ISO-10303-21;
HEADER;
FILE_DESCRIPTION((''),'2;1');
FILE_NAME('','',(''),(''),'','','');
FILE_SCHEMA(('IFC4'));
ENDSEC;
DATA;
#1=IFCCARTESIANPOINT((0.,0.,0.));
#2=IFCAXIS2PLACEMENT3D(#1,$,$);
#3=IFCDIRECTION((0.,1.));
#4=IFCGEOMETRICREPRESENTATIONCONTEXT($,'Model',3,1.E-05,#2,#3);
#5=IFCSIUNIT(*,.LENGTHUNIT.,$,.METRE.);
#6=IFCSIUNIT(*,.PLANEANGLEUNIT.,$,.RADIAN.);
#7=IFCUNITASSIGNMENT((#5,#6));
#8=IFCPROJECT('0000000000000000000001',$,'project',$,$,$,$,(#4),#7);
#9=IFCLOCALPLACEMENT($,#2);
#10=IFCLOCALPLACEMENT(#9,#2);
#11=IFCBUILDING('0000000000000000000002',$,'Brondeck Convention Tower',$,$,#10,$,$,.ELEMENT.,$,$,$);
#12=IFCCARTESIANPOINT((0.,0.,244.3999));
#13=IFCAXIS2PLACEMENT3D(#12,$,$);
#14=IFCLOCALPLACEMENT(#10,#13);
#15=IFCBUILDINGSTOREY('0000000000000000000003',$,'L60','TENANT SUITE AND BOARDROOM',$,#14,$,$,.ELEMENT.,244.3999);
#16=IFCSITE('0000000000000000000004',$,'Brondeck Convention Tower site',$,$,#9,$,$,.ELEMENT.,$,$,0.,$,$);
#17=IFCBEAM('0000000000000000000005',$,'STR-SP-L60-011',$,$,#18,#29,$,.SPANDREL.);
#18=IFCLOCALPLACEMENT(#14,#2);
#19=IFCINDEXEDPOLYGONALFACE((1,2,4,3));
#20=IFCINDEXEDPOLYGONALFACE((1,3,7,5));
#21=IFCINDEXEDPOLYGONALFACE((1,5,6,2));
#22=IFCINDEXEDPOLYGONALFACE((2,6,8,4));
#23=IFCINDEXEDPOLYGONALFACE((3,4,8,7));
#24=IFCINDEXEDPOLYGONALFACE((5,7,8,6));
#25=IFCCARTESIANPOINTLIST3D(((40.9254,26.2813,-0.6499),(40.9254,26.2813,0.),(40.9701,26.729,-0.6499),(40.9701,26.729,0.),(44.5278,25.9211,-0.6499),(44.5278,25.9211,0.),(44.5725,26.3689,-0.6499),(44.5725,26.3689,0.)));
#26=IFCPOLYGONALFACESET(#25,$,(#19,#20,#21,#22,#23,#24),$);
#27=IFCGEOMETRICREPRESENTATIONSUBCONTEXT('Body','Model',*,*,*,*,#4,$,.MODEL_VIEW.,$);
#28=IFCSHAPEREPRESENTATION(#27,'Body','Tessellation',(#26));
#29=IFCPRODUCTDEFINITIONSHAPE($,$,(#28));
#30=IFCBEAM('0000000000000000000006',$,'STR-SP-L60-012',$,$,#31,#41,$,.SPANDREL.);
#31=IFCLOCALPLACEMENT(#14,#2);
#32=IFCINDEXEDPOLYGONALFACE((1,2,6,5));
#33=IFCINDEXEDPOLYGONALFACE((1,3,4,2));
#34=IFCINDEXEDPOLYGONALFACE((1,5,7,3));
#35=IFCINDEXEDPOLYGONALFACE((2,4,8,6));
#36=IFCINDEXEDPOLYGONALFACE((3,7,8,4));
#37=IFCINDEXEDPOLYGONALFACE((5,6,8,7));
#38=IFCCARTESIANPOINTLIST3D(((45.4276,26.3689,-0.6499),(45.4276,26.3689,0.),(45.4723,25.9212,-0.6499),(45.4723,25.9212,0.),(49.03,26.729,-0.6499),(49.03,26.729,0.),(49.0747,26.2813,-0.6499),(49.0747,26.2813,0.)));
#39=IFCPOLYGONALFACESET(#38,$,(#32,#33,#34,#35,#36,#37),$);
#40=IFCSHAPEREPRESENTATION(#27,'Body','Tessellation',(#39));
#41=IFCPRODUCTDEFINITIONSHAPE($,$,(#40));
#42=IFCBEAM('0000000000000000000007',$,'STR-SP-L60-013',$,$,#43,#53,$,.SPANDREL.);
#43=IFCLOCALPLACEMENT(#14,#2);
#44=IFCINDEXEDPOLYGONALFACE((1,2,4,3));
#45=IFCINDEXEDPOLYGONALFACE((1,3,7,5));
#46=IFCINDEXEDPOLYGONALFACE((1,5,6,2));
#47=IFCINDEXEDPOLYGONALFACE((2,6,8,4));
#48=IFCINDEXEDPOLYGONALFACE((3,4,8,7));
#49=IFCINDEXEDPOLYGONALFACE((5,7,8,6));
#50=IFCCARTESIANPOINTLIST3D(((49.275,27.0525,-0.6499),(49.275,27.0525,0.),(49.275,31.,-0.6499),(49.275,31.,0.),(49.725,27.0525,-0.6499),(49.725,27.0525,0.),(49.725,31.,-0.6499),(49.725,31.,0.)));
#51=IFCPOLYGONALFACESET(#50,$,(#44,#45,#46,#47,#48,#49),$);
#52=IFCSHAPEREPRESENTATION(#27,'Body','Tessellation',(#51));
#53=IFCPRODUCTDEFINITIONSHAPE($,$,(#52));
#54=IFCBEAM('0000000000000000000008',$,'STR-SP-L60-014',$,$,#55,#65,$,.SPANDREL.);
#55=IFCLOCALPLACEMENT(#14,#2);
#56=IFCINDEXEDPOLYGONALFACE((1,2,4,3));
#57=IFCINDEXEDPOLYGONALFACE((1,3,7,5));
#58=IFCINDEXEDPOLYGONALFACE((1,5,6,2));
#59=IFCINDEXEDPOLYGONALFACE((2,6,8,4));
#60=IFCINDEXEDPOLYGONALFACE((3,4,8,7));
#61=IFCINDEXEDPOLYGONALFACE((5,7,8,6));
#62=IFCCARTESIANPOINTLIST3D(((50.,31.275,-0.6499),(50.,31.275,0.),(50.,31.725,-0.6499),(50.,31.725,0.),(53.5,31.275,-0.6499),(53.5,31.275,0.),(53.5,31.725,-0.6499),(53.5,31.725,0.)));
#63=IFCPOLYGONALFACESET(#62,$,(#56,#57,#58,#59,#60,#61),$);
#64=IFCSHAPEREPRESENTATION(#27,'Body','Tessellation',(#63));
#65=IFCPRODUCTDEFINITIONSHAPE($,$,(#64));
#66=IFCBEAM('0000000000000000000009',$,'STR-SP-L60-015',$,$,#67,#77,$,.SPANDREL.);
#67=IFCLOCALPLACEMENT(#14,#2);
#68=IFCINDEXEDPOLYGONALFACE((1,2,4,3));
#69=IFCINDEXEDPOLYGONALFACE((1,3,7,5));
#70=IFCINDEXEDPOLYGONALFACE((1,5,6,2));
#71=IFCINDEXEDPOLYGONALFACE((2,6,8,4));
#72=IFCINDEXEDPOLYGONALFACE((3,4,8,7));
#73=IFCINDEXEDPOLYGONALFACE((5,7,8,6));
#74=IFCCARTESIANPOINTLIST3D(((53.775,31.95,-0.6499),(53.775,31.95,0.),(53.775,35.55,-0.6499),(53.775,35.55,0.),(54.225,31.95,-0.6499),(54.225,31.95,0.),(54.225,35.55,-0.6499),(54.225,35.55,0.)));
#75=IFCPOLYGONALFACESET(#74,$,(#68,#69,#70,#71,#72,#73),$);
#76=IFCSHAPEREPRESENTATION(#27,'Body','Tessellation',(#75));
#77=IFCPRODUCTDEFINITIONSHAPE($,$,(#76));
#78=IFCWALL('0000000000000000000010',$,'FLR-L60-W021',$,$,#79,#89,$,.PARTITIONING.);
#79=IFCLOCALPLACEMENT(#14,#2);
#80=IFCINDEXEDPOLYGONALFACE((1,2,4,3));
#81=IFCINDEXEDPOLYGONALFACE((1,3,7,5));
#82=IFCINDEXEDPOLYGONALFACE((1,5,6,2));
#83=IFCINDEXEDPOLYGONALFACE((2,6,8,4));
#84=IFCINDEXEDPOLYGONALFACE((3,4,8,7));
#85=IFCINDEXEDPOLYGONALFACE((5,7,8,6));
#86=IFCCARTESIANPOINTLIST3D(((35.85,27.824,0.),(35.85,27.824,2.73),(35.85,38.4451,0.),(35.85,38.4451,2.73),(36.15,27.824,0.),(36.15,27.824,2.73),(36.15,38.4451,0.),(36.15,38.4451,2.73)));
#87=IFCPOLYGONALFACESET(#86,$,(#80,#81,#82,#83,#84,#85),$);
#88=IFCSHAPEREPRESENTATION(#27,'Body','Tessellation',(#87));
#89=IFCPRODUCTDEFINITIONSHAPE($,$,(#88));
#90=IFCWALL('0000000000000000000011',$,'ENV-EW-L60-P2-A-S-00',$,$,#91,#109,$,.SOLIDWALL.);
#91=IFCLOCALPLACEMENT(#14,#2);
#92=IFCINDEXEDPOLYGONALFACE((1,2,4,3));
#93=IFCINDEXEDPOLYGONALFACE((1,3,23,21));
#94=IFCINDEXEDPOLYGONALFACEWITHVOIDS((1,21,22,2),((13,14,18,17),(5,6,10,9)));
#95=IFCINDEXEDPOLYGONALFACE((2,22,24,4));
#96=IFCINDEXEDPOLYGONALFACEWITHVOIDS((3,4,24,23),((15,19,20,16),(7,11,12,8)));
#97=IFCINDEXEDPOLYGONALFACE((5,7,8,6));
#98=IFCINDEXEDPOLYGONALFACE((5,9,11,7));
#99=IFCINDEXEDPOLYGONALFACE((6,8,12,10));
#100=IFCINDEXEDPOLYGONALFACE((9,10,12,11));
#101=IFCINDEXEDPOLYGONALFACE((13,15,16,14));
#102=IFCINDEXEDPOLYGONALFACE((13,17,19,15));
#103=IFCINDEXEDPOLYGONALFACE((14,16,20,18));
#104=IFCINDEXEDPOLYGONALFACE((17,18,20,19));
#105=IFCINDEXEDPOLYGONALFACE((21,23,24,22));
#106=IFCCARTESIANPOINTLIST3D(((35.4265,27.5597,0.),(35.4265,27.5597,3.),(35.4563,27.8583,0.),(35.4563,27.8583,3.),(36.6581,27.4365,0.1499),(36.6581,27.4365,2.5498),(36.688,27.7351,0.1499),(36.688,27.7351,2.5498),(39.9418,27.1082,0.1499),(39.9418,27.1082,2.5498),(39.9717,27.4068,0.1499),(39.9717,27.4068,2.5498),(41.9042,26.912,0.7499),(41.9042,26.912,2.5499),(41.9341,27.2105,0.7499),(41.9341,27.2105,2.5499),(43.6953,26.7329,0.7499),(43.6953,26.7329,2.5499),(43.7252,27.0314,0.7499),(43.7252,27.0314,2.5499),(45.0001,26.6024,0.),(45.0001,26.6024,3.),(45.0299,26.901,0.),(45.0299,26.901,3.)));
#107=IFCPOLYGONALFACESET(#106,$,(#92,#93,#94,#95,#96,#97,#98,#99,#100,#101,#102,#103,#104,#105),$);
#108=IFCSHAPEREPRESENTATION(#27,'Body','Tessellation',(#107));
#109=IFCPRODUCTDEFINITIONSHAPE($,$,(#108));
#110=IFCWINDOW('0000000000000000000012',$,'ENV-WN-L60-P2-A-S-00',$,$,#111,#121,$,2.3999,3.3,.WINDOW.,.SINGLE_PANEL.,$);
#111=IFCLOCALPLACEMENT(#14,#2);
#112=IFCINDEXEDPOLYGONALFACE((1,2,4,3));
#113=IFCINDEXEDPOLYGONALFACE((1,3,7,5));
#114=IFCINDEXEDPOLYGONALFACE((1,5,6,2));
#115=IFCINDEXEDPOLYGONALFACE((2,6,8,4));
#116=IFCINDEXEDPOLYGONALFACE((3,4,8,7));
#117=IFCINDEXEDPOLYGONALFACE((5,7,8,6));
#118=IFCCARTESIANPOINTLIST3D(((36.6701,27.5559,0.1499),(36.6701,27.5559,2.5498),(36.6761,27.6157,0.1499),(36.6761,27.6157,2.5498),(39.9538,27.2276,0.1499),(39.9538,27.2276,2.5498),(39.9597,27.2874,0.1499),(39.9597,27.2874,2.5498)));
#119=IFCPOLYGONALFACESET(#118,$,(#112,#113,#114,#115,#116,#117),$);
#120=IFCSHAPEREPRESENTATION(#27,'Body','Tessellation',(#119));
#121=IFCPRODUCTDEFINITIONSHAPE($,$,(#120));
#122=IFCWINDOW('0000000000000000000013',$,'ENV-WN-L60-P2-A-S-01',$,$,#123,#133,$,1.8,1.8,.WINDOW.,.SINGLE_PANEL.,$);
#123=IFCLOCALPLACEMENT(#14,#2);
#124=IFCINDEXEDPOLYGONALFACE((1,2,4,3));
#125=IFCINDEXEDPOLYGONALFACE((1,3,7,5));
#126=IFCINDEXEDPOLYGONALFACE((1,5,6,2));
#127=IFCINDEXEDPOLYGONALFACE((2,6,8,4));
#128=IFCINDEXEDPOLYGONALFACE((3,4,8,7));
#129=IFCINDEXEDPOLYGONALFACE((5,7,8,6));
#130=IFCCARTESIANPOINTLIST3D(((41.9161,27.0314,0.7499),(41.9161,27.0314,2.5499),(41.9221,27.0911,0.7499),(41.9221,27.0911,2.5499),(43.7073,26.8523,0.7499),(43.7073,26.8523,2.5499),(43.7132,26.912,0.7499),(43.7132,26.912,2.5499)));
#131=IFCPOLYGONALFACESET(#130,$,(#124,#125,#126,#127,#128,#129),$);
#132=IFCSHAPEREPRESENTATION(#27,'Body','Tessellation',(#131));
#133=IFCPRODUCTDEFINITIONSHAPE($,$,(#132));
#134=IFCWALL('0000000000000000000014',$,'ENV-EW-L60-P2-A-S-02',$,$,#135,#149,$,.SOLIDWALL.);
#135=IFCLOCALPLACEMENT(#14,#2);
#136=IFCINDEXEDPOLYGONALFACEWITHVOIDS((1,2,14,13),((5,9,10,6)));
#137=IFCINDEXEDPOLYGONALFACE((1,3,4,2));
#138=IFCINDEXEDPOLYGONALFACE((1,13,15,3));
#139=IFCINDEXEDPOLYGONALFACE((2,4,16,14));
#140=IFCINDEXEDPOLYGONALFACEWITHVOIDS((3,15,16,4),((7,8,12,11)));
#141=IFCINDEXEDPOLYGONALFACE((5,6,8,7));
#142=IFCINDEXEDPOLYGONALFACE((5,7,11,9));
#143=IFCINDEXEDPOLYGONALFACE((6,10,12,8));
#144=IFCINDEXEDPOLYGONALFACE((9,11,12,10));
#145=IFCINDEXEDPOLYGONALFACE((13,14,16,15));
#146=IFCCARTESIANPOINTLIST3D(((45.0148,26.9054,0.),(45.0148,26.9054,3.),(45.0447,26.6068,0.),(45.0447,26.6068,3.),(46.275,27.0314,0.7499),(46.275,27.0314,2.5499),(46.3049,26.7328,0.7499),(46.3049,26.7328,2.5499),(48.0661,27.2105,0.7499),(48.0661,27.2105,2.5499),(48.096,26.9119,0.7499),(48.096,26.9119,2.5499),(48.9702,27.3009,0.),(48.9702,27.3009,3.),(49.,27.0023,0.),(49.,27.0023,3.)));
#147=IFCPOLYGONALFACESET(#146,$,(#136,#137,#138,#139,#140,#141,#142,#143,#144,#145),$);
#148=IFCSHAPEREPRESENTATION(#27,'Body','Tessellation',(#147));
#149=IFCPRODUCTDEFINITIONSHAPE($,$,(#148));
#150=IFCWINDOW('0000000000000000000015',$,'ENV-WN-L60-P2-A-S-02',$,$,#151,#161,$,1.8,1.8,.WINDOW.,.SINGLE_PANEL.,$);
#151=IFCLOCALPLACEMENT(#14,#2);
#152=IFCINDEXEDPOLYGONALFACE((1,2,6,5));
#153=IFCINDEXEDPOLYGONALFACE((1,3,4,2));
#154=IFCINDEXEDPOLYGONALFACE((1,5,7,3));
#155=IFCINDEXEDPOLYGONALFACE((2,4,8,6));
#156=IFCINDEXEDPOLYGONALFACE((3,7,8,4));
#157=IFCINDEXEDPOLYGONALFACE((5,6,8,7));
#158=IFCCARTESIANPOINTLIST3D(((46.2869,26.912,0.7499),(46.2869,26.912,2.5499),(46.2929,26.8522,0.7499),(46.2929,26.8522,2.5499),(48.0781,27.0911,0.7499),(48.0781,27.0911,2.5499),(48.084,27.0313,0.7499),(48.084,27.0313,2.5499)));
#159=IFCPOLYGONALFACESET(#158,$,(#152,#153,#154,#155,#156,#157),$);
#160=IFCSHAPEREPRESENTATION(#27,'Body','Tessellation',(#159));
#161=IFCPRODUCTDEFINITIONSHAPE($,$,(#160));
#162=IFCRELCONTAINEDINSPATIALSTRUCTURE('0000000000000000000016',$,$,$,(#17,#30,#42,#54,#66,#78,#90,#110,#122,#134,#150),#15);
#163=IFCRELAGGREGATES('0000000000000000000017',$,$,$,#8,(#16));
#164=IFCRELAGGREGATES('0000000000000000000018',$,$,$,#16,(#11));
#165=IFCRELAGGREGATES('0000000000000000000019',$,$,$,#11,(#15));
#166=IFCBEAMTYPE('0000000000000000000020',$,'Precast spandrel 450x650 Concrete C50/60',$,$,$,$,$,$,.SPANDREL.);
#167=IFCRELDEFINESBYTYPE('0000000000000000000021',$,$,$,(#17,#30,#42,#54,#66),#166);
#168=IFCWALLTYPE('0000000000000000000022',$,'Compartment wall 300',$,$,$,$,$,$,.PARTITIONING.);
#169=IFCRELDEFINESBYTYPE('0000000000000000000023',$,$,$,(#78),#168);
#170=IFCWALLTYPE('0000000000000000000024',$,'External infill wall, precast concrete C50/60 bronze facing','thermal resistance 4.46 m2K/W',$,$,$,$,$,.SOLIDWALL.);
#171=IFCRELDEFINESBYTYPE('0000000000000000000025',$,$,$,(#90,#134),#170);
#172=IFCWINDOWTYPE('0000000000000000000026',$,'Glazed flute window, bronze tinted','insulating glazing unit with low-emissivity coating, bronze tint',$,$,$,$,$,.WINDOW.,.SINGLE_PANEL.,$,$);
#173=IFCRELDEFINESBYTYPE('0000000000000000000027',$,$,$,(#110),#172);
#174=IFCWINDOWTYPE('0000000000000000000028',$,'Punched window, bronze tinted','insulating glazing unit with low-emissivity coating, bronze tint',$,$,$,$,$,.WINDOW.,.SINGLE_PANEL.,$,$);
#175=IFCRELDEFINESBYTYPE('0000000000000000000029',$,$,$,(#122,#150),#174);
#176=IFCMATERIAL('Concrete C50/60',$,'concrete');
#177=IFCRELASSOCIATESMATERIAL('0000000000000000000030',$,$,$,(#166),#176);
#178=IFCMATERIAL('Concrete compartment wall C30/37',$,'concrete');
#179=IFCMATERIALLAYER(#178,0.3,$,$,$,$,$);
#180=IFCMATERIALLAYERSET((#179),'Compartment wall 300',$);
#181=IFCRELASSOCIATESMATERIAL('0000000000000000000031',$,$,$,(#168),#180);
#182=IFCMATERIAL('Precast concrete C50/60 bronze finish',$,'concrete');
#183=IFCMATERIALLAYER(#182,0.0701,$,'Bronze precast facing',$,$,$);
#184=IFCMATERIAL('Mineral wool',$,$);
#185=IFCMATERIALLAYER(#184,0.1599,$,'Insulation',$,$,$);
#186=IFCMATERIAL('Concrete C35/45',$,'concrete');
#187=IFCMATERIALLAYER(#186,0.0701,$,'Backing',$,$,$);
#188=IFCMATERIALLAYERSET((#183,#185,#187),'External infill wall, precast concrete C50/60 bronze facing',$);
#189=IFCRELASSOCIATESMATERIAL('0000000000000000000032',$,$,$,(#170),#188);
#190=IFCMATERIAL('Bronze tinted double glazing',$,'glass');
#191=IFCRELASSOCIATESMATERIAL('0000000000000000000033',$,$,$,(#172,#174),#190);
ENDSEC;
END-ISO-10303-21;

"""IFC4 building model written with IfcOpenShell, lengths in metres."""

from ifc_helpers import new_model, si_unit, direction, frame, frame_2d, origin, origin_2d, place, context, subcontext, project, spatial, rectangle, extrude, material, layer, layer_set, material_profile, profile_set, type_object, element, fill, save


model = new_model("IFC4")

# Units and contexts
model_context = context("Model", 3, precision=1e-05, world=origin(), true_north=direction((0.0, 1.0)))
body_context = subcontext(model_context, "Body", "Model", "MODEL_VIEW")
ifc_project = project(units=[si_unit("LENGTHUNIT", "METRE"), si_unit("PLANEANGLEUNIT", "RADIAN")], contexts=[model_context])

# Site, building, storey
site_placement = place(None, origin())
site = spatial("IfcSite", under=ifc_project, at=site_placement, Name="Brondeck Convention Tower site", CompositionType="ELEMENT", RefElevation=0.0)
building_placement = place(site_placement, origin())
building = spatial("IfcBuilding", under=site, at=building_placement, Name="Brondeck Convention Tower", CompositionType="ELEMENT")
storey_placement = place(building_placement, frame((0.0, 0.0, 244.3999)))
storey = spatial("IfcBuildingStorey", under=building, at=storey_placement, Name="L60", Description="TENANT SUITE AND BOARDROOM", CompositionType="ELEMENT", Elevation=244.3999)

# Shared definitions
ifc_material_1 = material(Name="Concrete C50/60", Category="concrete")

# Beams
ifc_material_profile_1 = material_profile(ifc_material_1, rectangle(XDim=0.45, YDim=0.6499, at=origin_2d()), Name="Precast spandrel 450x650 Concrete C50/60")
ifc_profile_set_1 = profile_set([ifc_material_profile_1], Name="Concrete C50/60")
beam_type_1 = type_object("IfcBeamType", Name="Precast spandrel 450x650 Concrete C50/60", PredefinedType="SPANDREL", material=ifc_profile_set_1)
for number, where, z_axis, x_axis, name in (
    (1, (40.9478, 26.5051, -0.325), (0.995041, -0.09947, 0.0), (0.09947, 0.995041, 0.0), "STR-SP-L60-011"),
    (2, (45.45, 26.145, -0.325), (0.995041, 0.09947, 0.0), (-0.09947, 0.995041, 0.0), "STR-SP-L60-012"),
):
    element("IfcBeam", number, at=place(storey_placement, frame(where, z_axis=z_axis, x_axis=x_axis)), inside=storey, type_object=beam_type_1, Name=name, PredefinedType="SPANDREL", context=body_context, shape_type="SweptSolid", body=[
        extrude(rectangle(XDim=0.45, YDim=0.6499, at=origin_2d()), origin(), (0.0, 0.0, 1.0), 3.6204),
    ])
beam_1_placement = place(storey_placement, frame((49.5, 27.0525, -0.325), z_axis=(0.0, 1.0, 0.0), x_axis=(-1.0, 0.0, 0.0)))
element("IfcBeam", 3, at=beam_1_placement, inside=storey, type_object=beam_type_1, Name="STR-SP-L60-013", PredefinedType="SPANDREL", context=body_context, shape_type="SweptSolid", body=[
    extrude(rectangle(XDim=0.45, YDim=0.6499, at=origin_2d()), origin(), (0.0, 0.0, 1.0), 3.9475),
])
beam_2_placement = place(storey_placement, frame((50.0, 31.5, -0.325), z_axis=(1.0, 0.0, 0.0), x_axis=(0.0, 1.0, 0.0)))
element("IfcBeam", 4, at=beam_2_placement, inside=storey, type_object=beam_type_1, Name="STR-SP-L60-014", PredefinedType="SPANDREL", context=body_context, shape_type="SweptSolid", body=[
    extrude(rectangle(XDim=0.45, YDim=0.6499, at=origin_2d()), origin(), (0.0, 0.0, 1.0), 3.5),
])
beam_3_placement = place(storey_placement, frame((54.0, 31.95, -0.325), z_axis=(0.0, 1.0, 0.0), x_axis=(-1.0, 0.0, 0.0)))
element("IfcBeam", 5, at=beam_3_placement, inside=storey, type_object=beam_type_1, Name="STR-SP-L60-015", PredefinedType="SPANDREL", context=body_context, shape_type="SweptSolid", body=[
    extrude(rectangle(XDim=0.45, YDim=0.6499, at=origin_2d()), origin(), (0.0, 0.0, 1.0), 3.6001),
])

# Wall
ifc_material_2 = material(Name="Concrete compartment wall C30/37", Category="concrete")
ifc_layer_1 = layer(ifc_material_2, 0.3)
ifc_layer_set_1 = layer_set([ifc_layer_1], Name="Compartment wall 300")
wall_type_1 = type_object("IfcWallType", Name="Compartment wall 300", PredefinedType="PARTITIONING", material=ifc_layer_set_1)
wall_1_placement = place(storey_placement, frame((36.0, 27.824, 0.0), z_axis=(0.0, 0.0, 1.0), x_axis=(0.0, 1.0, 0.0)))
element("IfcWall", 6, at=wall_1_placement, inside=storey, type_object=wall_type_1, Name="FLR-L60-W021", PredefinedType="PARTITIONING", context=body_context, shape_type="SweptSolid", body=[
    extrude(rectangle(XDim=10.6211, YDim=0.3, at=frame_2d((5.3105, 0.0))), origin(), (0.0, 0.0, 1.0), 2.73),
])

# Wall, openings, windows
ifc_material_3 = material(Name="Precast concrete C50/60 bronze finish", Category="concrete")
ifc_layer_2 = layer(ifc_material_3, 0.0701, Name="Bronze precast facing")
ifc_material_4 = material(Name="Mineral wool")
ifc_layer_3 = layer(ifc_material_4, 0.1599, Name="Insulation")
ifc_material_5 = material(Name="Concrete C35/45", Category="concrete")
ifc_layer_4 = layer(ifc_material_5, 0.0701, Name="Backing")
ifc_layer_set_2 = layer_set([ifc_layer_2, ifc_layer_3, ifc_layer_4], Name="External infill wall, precast concrete C50/60 bronze facing")
wall_type_2 = type_object("IfcWallType", Name="External infill wall, precast concrete C50/60 bronze facing", Description="thermal resistance 4.46 m2K/W", PredefinedType="SOLIDWALL", material=ifc_layer_set_2)
wall_2_placement = place(storey_placement, frame((45.0149, 26.7517, 0.0), z_axis=(0.0, 0.0, 1.0), x_axis=(-0.995038, 0.099496, 0.0)))
wall_2 = element("IfcWall", 7, at=wall_2_placement, inside=storey, type_object=wall_type_2, Name="ENV-EW-L60-P2-A-S-00", PredefinedType="SOLIDWALL", context=body_context, shape_type="SweptSolid", body=[
    extrude(rectangle(XDim=9.6213, YDim=0.3, at=frame_2d((4.8105, 0.0))), origin(), (0.0, 0.0, 1.0), 3.0),
])
opening_1_placement = place(wall_2_placement, frame((1.3113, 0.0, 0.75)))
opening_1 = element("IfcOpeningElement", 8, at=opening_1_placement, cuts=wall_2, PredefinedType="OPENING", context=body_context, shape_type="SweptSolid", body=[
    extrude(rectangle(XDim=1.8, YDim=1.8, at=frame_2d((0.8999, 0.8999))), frame((0.0, 0.1599, 0.0), z_axis=(0.0, -1.0, 0.0), x_axis=(1.0, 0.0, 0.0)), (0.0, 0.0, 1.0), 0.3201),
])
opening_2_placement = place(wall_2_placement, frame((5.0835, 0.0, 0.1499)))
opening_2 = element("IfcOpeningElement", 9, at=opening_2_placement, cuts=wall_2, PredefinedType="OPENING", context=body_context, shape_type="SweptSolid", body=[
    extrude(rectangle(XDim=3.3, YDim=2.3999, at=frame_2d((1.6499, 1.2))), frame((0.0, 0.1599, 0.0), z_axis=(0.0, -1.0, 0.0), x_axis=(1.0, 0.0, 0.0)), (0.0, 0.0, 1.0), 0.3201),
])
ifc_material_6 = material(Name="Bronze tinted double glazing", Category="glass")
window_type_1 = type_object("IfcWindowType", Name="Glazed flute window, bronze tinted", Description="insulating glazing unit with low-emissivity coating, bronze tint", PartitioningType="SINGLE_PANEL", PredefinedType="WINDOW", material=ifc_material_6)
window_1_placement = place(opening_2_placement, origin())
window_1 = element("IfcWindow", 10, at=window_1_placement, inside=storey, type_object=window_type_1, Name="ENV-WN-L60-P2-A-S-00", OverallHeight=2.3999, OverallWidth=3.3, PartitioningType="SINGLE_PANEL", PredefinedType="WINDOW", context=body_context, shape_type="SweptSolid", body=[
    extrude(rectangle(XDim=3.3, YDim=2.3999, at=frame_2d((1.6499, 1.2))), frame((0.0, 0.03, 0.0), z_axis=(0.0, -1.0, 0.0), x_axis=(1.0, 0.0, 0.0)), (0.0, 0.0, 1.0), 0.0601),
])
fill(opening_2, window_1)
window_type_2 = type_object("IfcWindowType", Name="Punched window, bronze tinted", Description="insulating glazing unit with low-emissivity coating, bronze tint", PartitioningType="SINGLE_PANEL", PredefinedType="WINDOW", material=ifc_material_6)
window_2_placement = place(opening_1_placement, origin())
window_2 = element("IfcWindow", 11, at=window_2_placement, inside=storey, type_object=window_type_2, Name="ENV-WN-L60-P2-A-S-01", OverallHeight=1.8, OverallWidth=1.8, PartitioningType="SINGLE_PANEL", PredefinedType="WINDOW", context=body_context, shape_type="SweptSolid", body=[
    extrude(rectangle(XDim=1.8, YDim=1.8, at=frame_2d((0.8999, 0.8999))), frame((0.0, 0.03, 0.0), z_axis=(0.0, -1.0, 0.0), x_axis=(1.0, 0.0, 0.0)), (0.0, 0.0, 1.0), 0.0601),
])
fill(opening_1, window_2)

# Wall, opening, window
wall_3_placement = place(storey_placement, frame((48.9851, 27.1516, 0.0), z_axis=(0.0, 0.0, 1.0), x_axis=(-0.995038, -0.099498, 0.0)))
wall_3 = element("IfcWall", 12, at=wall_3_placement, inside=storey, type_object=wall_type_2, Name="ENV-EW-L60-P2-A-S-02", PredefinedType="SOLIDWALL", context=body_context, shape_type="SweptSolid", body=[
    extrude(rectangle(XDim=3.9751, YDim=0.3, at=frame_2d((1.9875, 0.0))), origin(), (0.0, 0.0, 1.0), 3.0),
])
opening_3_placement = place(wall_3_placement, frame((0.9087, 0.0, 0.75)))
opening_3 = element("IfcOpeningElement", 13, at=opening_3_placement, cuts=wall_3, PredefinedType="OPENING", context=body_context, shape_type="SweptSolid", body=[
    extrude(rectangle(XDim=1.8, YDim=1.8, at=frame_2d((0.8999, 0.8999))), frame((0.0, 0.1599, 0.0), z_axis=(0.0, -1.0, 0.0), x_axis=(1.0, 0.0, 0.0)), (0.0, 0.0, 1.0), 0.3201),
])
window_3_placement = place(opening_3_placement, origin())
window_3 = element("IfcWindow", 14, at=window_3_placement, inside=storey, type_object=window_type_2, Name="ENV-WN-L60-P2-A-S-02", OverallHeight=1.8, OverallWidth=1.8, PartitioningType="SINGLE_PANEL", PredefinedType="WINDOW", context=body_context, shape_type="SweptSolid", body=[
    extrude(rectangle(XDim=1.8, YDim=1.8, at=frame_2d((0.8999, 0.8999))), frame((0.0, 0.03, 0.0), z_axis=(0.0, -1.0, 0.0), x_axis=(1.0, 0.0, 0.0)), (0.0, 0.0, 1.0), 0.0601),
])
fill(opening_3, window_3)

save(model, "model.ifc")
